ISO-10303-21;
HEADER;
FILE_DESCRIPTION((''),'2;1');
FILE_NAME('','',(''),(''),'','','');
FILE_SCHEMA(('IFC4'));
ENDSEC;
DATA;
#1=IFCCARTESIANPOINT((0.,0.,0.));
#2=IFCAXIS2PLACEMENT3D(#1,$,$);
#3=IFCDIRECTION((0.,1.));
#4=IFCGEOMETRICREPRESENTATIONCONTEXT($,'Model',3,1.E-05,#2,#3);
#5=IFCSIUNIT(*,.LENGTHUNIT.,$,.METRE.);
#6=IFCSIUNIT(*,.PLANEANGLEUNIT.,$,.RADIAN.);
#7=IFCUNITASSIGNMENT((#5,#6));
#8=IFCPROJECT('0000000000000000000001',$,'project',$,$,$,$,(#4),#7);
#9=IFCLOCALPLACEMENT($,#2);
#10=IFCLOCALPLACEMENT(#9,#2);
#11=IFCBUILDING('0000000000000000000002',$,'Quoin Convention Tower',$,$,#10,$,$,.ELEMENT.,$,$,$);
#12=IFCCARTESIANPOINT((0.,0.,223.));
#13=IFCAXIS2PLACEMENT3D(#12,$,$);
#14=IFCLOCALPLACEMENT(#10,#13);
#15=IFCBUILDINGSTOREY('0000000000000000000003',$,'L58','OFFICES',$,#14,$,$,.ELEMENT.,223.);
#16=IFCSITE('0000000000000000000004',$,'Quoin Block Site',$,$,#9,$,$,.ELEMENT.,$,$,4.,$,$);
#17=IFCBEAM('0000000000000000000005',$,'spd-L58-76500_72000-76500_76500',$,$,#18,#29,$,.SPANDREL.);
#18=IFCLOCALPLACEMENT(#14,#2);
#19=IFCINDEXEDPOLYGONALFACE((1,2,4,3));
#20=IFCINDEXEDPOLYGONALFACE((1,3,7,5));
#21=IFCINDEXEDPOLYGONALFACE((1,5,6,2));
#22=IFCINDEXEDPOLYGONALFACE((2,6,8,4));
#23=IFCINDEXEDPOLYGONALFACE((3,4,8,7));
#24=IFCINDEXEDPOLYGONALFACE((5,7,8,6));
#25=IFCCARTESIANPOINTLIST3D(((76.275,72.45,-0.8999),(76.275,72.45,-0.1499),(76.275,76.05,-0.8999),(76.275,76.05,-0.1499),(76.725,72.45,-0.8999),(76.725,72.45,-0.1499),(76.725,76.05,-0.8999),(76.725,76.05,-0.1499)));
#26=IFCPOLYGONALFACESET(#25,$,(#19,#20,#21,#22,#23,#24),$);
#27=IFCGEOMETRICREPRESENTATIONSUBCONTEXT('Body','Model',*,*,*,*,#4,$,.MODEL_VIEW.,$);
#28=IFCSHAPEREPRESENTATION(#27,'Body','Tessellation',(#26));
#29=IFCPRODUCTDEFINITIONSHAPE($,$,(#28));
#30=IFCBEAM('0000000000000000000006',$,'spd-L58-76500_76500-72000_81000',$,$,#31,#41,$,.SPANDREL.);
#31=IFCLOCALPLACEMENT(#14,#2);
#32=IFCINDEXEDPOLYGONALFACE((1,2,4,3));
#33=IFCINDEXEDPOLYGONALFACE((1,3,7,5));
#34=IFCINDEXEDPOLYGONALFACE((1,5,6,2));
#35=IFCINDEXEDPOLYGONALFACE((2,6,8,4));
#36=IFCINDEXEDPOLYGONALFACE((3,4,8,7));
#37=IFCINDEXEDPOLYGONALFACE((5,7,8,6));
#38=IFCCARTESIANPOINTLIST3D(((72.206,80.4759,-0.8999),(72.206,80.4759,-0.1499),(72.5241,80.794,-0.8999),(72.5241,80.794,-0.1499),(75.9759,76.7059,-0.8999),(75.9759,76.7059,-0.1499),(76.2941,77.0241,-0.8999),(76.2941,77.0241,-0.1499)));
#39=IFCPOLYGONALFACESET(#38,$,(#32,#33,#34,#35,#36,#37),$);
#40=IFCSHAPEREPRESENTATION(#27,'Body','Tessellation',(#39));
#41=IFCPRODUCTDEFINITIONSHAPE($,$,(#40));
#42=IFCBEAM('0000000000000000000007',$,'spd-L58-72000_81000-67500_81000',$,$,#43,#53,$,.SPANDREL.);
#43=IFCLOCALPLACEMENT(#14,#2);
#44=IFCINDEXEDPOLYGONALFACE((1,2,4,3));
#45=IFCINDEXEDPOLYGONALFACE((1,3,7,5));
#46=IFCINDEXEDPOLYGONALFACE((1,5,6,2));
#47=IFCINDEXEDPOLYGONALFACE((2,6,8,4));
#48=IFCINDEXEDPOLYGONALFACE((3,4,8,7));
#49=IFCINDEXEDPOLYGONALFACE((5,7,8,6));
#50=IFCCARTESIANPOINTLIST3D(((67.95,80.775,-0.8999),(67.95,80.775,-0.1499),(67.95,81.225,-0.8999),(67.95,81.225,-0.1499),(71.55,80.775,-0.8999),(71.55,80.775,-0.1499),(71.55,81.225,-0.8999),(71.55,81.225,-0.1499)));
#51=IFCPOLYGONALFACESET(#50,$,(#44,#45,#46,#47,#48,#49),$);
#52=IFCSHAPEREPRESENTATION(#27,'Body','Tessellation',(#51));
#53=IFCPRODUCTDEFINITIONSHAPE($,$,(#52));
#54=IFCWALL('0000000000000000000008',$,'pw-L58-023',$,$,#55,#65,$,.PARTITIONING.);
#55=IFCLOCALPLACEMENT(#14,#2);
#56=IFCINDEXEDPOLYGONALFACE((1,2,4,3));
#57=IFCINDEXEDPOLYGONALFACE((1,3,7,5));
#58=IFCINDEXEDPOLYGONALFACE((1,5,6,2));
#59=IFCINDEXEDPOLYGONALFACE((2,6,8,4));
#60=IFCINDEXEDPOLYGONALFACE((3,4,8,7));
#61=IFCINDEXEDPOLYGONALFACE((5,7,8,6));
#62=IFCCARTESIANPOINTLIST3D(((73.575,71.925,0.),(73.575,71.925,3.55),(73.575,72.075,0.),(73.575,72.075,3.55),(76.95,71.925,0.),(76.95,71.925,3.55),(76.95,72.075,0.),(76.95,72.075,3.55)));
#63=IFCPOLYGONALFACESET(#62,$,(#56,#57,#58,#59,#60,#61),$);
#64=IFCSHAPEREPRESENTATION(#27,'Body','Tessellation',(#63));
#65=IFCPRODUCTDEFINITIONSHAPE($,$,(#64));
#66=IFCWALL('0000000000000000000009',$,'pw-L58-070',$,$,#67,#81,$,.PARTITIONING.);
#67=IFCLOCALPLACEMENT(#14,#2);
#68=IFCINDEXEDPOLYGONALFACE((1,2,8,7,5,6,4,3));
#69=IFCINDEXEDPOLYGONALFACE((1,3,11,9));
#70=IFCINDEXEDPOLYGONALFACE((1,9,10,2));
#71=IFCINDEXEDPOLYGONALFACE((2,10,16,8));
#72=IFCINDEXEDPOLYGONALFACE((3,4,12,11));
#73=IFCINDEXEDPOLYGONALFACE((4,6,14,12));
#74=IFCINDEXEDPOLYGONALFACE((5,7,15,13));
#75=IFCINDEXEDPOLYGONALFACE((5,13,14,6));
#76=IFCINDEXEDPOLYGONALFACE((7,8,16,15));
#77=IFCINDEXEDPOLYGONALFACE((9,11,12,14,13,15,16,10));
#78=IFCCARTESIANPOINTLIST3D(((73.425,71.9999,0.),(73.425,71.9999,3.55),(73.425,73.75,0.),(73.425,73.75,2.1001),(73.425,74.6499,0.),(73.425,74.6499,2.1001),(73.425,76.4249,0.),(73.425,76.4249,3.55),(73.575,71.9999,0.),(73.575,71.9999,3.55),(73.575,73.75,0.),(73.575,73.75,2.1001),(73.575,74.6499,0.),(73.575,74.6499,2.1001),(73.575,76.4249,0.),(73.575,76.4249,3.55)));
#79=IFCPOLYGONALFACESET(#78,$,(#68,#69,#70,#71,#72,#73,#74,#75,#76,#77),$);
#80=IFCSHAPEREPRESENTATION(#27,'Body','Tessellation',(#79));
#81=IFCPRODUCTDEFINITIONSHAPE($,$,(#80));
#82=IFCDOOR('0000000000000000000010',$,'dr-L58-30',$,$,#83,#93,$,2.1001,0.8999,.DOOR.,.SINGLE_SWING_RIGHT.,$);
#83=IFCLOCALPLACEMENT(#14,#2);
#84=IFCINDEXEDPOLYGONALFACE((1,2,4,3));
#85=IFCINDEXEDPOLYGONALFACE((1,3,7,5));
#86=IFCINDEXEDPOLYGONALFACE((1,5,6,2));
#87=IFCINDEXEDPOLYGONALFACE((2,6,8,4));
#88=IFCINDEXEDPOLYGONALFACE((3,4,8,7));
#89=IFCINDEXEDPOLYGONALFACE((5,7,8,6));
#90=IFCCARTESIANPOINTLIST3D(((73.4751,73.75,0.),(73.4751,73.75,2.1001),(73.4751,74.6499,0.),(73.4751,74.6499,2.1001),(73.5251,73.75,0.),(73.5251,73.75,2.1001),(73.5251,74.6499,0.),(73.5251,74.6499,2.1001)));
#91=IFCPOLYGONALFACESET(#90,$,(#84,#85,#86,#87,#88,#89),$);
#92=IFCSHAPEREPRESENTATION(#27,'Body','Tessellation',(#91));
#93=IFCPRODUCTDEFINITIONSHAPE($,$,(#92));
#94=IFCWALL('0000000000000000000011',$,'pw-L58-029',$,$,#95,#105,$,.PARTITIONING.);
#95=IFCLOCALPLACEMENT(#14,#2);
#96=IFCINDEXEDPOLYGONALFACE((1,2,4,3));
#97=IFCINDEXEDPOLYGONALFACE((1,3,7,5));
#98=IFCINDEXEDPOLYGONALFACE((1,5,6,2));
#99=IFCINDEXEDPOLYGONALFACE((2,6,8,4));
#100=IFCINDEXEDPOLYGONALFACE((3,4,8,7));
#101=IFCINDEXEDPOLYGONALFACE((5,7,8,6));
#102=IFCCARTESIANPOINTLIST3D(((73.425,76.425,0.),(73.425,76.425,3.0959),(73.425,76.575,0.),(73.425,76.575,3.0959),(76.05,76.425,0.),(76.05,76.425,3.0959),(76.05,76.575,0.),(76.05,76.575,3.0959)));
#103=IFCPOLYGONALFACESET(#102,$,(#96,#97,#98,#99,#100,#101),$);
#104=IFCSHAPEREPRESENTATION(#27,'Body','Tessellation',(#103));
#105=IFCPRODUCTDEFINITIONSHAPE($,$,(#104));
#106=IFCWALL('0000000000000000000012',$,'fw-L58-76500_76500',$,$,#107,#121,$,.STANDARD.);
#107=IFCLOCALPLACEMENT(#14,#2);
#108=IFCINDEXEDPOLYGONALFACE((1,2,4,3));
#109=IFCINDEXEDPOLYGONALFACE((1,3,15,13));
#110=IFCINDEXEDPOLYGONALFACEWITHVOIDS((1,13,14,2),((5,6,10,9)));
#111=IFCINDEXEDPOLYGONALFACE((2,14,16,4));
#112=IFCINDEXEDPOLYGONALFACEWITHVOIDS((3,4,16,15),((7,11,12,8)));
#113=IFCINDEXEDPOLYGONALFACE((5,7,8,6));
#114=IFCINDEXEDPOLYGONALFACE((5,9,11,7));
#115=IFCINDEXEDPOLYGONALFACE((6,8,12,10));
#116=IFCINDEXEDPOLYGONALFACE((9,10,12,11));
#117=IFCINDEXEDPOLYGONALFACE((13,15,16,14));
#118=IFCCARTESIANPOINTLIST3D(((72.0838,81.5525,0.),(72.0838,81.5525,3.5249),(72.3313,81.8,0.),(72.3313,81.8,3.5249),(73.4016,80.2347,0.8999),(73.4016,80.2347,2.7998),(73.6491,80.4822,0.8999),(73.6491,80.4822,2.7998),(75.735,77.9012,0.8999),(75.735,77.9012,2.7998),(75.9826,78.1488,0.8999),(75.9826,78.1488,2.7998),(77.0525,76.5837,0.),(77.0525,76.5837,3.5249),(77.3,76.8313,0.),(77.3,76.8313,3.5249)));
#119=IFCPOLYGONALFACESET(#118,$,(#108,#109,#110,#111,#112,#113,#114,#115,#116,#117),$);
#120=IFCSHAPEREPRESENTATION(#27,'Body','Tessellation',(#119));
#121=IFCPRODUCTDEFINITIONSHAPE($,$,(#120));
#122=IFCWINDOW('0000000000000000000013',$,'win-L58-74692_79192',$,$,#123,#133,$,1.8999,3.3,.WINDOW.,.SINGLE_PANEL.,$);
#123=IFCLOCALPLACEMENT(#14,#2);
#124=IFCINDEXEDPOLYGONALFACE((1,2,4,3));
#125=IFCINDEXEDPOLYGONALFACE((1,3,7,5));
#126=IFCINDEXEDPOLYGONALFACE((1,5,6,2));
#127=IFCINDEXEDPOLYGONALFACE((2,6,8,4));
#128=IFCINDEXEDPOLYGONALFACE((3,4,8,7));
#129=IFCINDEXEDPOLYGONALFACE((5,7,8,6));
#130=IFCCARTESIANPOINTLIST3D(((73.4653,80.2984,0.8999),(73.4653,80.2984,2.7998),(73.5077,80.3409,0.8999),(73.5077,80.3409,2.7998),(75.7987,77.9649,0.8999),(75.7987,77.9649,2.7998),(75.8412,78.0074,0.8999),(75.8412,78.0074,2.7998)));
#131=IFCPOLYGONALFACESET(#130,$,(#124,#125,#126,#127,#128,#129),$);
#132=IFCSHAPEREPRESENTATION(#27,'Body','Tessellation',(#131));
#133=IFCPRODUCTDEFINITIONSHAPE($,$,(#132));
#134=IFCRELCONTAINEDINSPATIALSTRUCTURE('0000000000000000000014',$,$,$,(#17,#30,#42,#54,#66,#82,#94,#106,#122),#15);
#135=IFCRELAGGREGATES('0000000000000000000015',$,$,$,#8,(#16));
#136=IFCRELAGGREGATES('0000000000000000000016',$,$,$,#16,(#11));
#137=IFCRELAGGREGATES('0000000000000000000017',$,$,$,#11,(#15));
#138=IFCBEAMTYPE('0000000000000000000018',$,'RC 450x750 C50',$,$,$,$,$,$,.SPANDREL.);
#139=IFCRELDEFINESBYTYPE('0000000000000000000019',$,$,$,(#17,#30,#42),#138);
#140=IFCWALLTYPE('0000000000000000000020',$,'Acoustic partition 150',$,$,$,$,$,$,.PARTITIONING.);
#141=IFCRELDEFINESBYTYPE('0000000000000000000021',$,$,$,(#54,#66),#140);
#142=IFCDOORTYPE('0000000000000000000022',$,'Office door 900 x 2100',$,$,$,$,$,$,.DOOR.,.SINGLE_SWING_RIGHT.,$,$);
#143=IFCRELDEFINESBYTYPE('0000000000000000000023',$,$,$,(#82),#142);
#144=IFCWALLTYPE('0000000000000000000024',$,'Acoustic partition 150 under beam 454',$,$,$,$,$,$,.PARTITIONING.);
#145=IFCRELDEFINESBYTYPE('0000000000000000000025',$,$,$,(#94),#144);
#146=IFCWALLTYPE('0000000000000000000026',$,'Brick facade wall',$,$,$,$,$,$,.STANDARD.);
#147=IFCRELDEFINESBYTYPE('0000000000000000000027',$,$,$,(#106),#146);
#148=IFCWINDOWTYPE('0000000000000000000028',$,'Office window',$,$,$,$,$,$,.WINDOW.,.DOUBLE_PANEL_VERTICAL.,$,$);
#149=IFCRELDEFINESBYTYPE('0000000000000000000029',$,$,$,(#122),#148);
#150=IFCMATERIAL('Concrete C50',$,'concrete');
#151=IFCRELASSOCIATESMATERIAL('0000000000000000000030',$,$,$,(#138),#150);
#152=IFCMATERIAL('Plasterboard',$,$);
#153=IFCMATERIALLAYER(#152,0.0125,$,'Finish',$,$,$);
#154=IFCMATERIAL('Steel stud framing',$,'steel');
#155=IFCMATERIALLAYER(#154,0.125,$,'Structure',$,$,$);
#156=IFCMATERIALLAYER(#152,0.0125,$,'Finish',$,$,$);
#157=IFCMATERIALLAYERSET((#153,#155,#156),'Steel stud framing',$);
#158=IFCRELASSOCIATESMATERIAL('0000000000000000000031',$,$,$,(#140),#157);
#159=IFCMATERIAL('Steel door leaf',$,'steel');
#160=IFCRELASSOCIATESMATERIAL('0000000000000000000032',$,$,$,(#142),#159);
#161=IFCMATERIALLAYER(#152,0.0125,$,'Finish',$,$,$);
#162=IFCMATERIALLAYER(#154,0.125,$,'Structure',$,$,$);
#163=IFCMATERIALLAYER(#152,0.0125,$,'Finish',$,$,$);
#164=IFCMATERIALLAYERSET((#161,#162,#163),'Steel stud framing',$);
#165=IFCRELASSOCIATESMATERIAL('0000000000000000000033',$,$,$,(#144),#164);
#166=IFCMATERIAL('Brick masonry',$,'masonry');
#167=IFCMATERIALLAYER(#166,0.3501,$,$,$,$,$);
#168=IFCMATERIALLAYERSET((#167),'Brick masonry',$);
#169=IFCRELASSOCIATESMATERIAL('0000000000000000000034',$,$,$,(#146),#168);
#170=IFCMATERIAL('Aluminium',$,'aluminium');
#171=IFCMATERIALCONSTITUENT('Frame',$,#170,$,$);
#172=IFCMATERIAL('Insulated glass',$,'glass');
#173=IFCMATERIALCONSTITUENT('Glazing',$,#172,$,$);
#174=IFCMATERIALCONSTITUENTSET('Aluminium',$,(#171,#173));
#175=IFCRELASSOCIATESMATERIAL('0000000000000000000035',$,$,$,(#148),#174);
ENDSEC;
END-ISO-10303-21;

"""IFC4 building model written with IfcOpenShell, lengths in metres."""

from ifc_helpers import new_model, si_unit, direction, frame, frame_2d, origin, origin_2d, place, context, subcontext, project, spatial, rectangle, extrude, material, layer, layer_set, constituent, constituent_set, material_profile, profile_set, type_object, element, fill, save


model = new_model("IFC4")

# Units and contexts
model_context = context("Model", 3, precision=1e-05, world=origin(), true_north=direction((0.0, 1.0)))
body_context = subcontext(model_context, "Body", "Model", "MODEL_VIEW")
ifc_project = project(units=[si_unit("LENGTHUNIT", "METRE"), si_unit("PLANEANGLEUNIT", "RADIAN")], contexts=[model_context])

# Site, building, storey
site_placement = place(None, origin())
site = spatial("IfcSite", under=ifc_project, at=site_placement, Name="Quoin Block Site", CompositionType="ELEMENT", RefElevation=4.0)
building_placement = place(site_placement, origin())
building = spatial("IfcBuilding", under=site, at=building_placement, Name="Quoin Convention Tower", CompositionType="ELEMENT")
storey_placement = place(building_placement, frame((0.0, 0.0, 223.0)))
storey = spatial("IfcBuildingStorey", under=building, at=storey_placement, Name="L58", Description="OFFICES", CompositionType="ELEMENT", Elevation=223.0)

# Shared definitions
ifc_material_1 = material(Name="Concrete C50", Category="concrete")

# Beams
ifc_material_profile_1 = material_profile(ifc_material_1, rectangle(XDim=0.45, YDim=0.75, at=origin_2d()), Name="RC 450x750")
ifc_profile_set_1 = profile_set([ifc_material_profile_1], Name="Concrete C50")
beam_type_1 = type_object("IfcBeamType", Name="RC 450x750 C50", PredefinedType="SPANDREL", material=ifc_profile_set_1)
beam_1_placement = place(storey_placement, frame((76.5, 72.45, -0.5249), z_axis=(0.0, 1.0, 0.0), x_axis=(-1.0, 0.0, 0.0)))
element("IfcBeam", 1, at=beam_1_placement, inside=storey, type_object=beam_type_1, Name="spd-L58-76500_72000-76500_76500", PredefinedType="SPANDREL", context=body_context, shape_type="SweptSolid", body=[
    extrude(rectangle(XDim=0.45, YDim=0.75, at=origin_2d()), origin(), (0.0, 0.0, 1.0), 3.6001),
])
beam_2_placement = place(storey_placement, frame((76.135, 76.865, -0.5249), z_axis=(-0.707107, 0.707107, 0.0), x_axis=(-0.707107, -0.707107, 0.0)))
element("IfcBeam", 2, at=beam_2_placement, inside=storey, type_object=beam_type_1, Name="spd-L58-76500_76500-72000_81000", PredefinedType="SPANDREL", context=body_context, shape_type="SweptSolid", body=[
    extrude(rectangle(XDim=0.45, YDim=0.75, at=origin_2d()), origin(), (0.0, 0.0, 1.0), 5.3315),
])
beam_3_placement = place(storey_placement, frame((71.55, 81.0, -0.5249), z_axis=(-1.0, 0.0, 0.0), x_axis=(0.0, -1.0, 0.0)))
element("IfcBeam", 3, at=beam_3_placement, inside=storey, type_object=beam_type_1, Name="spd-L58-72000_81000-67500_81000", PredefinedType="SPANDREL", context=body_context, shape_type="SweptSolid", body=[
    extrude(rectangle(XDim=0.45, YDim=0.75, at=origin_2d()), origin(), (0.0, 0.0, 1.0), 3.6001),
])

# Wall
ifc_material_2 = material(Name="Plasterboard")
ifc_layer_1 = layer(ifc_material_2, 0.0125, Name="Finish")
ifc_material_3 = material(Name="Steel stud framing", Category="steel")
ifc_layer_2 = layer(ifc_material_3, 0.125, Name="Structure")
ifc_layer_3 = layer(ifc_material_2, 0.0125, Name="Finish")
ifc_layer_set_1 = layer_set([ifc_layer_1, ifc_layer_2, ifc_layer_3], Name="Steel stud framing")
wall_type_1 = type_object("IfcWallType", Name="Acoustic partition 150", PredefinedType="PARTITIONING", material=ifc_layer_set_1)
wall_1_placement = place(storey_placement, frame((73.575, 72.0, 0.0), z_axis=(0.0, 0.0, 1.0), x_axis=(1.0, 0.0, 0.0)))
element("IfcWall", 4, at=wall_1_placement, inside=storey, type_object=wall_type_1, Name="pw-L58-023", PredefinedType="PARTITIONING", context=body_context, shape_type="SweptSolid", body=[
    extrude(rectangle(XDim=3.375, YDim=0.1499, at=frame_2d((1.6875, 0.0))), origin(), (0.0, 0.0, 1.0), 3.55),
])

# Wall, opening, door
wall_2_placement = place(storey_placement, frame((73.5, 72.0, 0.0), z_axis=(0.0, 0.0, 1.0), x_axis=(0.0, 1.0, 0.0)))
wall_2 = element("IfcWall", 5, at=wall_2_placement, inside=storey, type_object=wall_type_1, Name="pw-L58-070", PredefinedType="PARTITIONING", context=body_context, shape_type="SweptSolid", body=[
    extrude(rectangle(XDim=4.425, YDim=0.1499, at=frame_2d((2.2124, 0.0))), origin(), (0.0, 0.0, 1.0), 3.55),
])
opening_1_placement = place(wall_2_placement, frame((1.75, 0.0, 0.0)))
opening_1 = element("IfcOpeningElement", 6, at=opening_1_placement, cuts=wall_2, PredefinedType="OPENING", context=body_context, shape_type="SweptSolid", body=[
    extrude(rectangle(XDim=0.8999, YDim=2.1001, at=frame_2d((0.45, 1.05))), frame((0.0, 0.085, 0.0), z_axis=(0.0, -1.0, 0.0), x_axis=(1.0, 0.0, 0.0)), (0.0, 0.0, 1.0), 0.1699),
])
ifc_material_4 = material(Name="Steel door leaf", Category="steel")
door_type_1 = type_object("IfcDoorType", Name="Office door 900 x 2100", OperationType="SINGLE_SWING_RIGHT", PredefinedType="DOOR", material=ifc_material_4)
door_1_placement = place(opening_1_placement, origin())
door_1 = element("IfcDoor", 7, at=door_1_placement, inside=storey, type_object=door_type_1, Name="dr-L58-30", OperationType="SINGLE_SWING_RIGHT", OverallHeight=2.1001, OverallWidth=0.8999, PredefinedType="DOOR", context=body_context, shape_type="SweptSolid", body=[
    extrude(rectangle(XDim=0.8999, YDim=2.1001, at=frame_2d((0.45, 1.05))), frame((0.0, 0.0249, 0.0), z_axis=(0.0, -1.0, 0.0), x_axis=(1.0, 0.0, 0.0)), (0.0, 0.0, 1.0), 0.05),
])
fill(opening_1, door_1)

# Wall
ifc_layer_4 = layer(ifc_material_2, 0.0125, Name="Finish")
ifc_layer_5 = layer(ifc_material_3, 0.125, Name="Structure")
ifc_layer_6 = layer(ifc_material_2, 0.0125, Name="Finish")
ifc_layer_set_2 = layer_set([ifc_layer_4, ifc_layer_5, ifc_layer_6], Name="Steel stud framing")
wall_type_2 = type_object("IfcWallType", Name="Acoustic partition 150 under beam 454", PredefinedType="PARTITIONING", material=ifc_layer_set_2)
wall_3_placement = place(storey_placement, frame((73.425, 76.5, 0.0), z_axis=(0.0, 0.0, 1.0), x_axis=(1.0, 0.0, 0.0)))
element("IfcWall", 8, at=wall_3_placement, inside=storey, type_object=wall_type_2, Name="pw-L58-029", PredefinedType="PARTITIONING", context=body_context, shape_type="SweptSolid", body=[
    extrude(rectangle(XDim=2.625, YDim=0.1499, at=frame_2d((1.3125, 0.0))), origin(), (0.0, 0.0, 1.0), 3.0959),
])

# Wall, opening, window
ifc_material_5 = material(Name="Brick masonry", Category="masonry")
ifc_layer_7 = layer(ifc_material_5, 0.3501)
ifc_layer_set_3 = layer_set([ifc_layer_7], Name="Brick masonry")
wall_type_3 = type_object("IfcWallType", Name="Brick facade wall", PredefinedType="STANDARD", material=ifc_layer_set_3)
wall_4_placement = place(storey_placement, frame((77.1763, 76.7075, 0.0), z_axis=(0.0, 0.0, 1.0), x_axis=(-0.707107, 0.707107, 0.0)))
wall_4 = element("IfcWall", 9, at=wall_4_placement, inside=storey, type_object=wall_type_3, Name="fw-L58-76500_76500", PredefinedType="STANDARD", context=body_context, shape_type="SweptSolid", body=[
    extrude(rectangle(XDim=7.0269, YDim=0.3501, at=frame_2d((3.5134, 0.0))), origin(), (0.0, 0.0, 1.0), 3.5249),
])
opening_2_placement = place(wall_4_placement, frame((1.8633, 0.0, 0.8999)))
opening_2 = element("IfcOpeningElement", 10, at=opening_2_placement, cuts=wall_4, PredefinedType="OPENING", context=body_context, shape_type="SweptSolid", body=[
    extrude(rectangle(XDim=3.3, YDim=1.8999, at=frame_2d((1.6499, 0.95))), frame((0.0, 0.1851, 0.0), z_axis=(0.0, -1.0, 0.0), x_axis=(1.0, 0.0, 0.0)), (0.0, 0.0, 1.0), 0.3701),
])
ifc_material_6 = material(Name="Aluminium", Category="aluminium")
ifc_constituent_1 = constituent(ifc_material_6, Name="Frame")
ifc_material_7 = material(Name="Insulated glass", Category="glass")
ifc_constituent_2 = constituent(ifc_material_7, Name="Glazing")
ifc_constituent_set = constituent_set(constituents=[ifc_constituent_1, ifc_constituent_2], Name="Aluminium")
window_type = type_object("IfcWindowType", Name="Office window", PartitioningType="DOUBLE_PANEL_VERTICAL", PredefinedType="WINDOW", material=ifc_constituent_set)
window_1_placement = place(opening_2_placement, origin())
window_1 = element("IfcWindow", 11, at=window_1_placement, inside=storey, type_object=window_type, Name="win-L58-74692_79192", OverallHeight=1.8999, OverallWidth=3.3, PartitioningType="SINGLE_PANEL", PredefinedType="WINDOW", context=body_context, shape_type="SweptSolid", body=[
    extrude(rectangle(XDim=3.3, YDim=1.8999, at=frame_2d((1.6499, 0.95))), frame((0.0, 0.085, 0.0), z_axis=(0.0, -1.0, 0.0), x_axis=(1.0, 0.0, 0.0)), (0.0, 0.0, 1.0), 0.0601),
])
fill(opening_2, window_1)

save(model, "model.ifc")
